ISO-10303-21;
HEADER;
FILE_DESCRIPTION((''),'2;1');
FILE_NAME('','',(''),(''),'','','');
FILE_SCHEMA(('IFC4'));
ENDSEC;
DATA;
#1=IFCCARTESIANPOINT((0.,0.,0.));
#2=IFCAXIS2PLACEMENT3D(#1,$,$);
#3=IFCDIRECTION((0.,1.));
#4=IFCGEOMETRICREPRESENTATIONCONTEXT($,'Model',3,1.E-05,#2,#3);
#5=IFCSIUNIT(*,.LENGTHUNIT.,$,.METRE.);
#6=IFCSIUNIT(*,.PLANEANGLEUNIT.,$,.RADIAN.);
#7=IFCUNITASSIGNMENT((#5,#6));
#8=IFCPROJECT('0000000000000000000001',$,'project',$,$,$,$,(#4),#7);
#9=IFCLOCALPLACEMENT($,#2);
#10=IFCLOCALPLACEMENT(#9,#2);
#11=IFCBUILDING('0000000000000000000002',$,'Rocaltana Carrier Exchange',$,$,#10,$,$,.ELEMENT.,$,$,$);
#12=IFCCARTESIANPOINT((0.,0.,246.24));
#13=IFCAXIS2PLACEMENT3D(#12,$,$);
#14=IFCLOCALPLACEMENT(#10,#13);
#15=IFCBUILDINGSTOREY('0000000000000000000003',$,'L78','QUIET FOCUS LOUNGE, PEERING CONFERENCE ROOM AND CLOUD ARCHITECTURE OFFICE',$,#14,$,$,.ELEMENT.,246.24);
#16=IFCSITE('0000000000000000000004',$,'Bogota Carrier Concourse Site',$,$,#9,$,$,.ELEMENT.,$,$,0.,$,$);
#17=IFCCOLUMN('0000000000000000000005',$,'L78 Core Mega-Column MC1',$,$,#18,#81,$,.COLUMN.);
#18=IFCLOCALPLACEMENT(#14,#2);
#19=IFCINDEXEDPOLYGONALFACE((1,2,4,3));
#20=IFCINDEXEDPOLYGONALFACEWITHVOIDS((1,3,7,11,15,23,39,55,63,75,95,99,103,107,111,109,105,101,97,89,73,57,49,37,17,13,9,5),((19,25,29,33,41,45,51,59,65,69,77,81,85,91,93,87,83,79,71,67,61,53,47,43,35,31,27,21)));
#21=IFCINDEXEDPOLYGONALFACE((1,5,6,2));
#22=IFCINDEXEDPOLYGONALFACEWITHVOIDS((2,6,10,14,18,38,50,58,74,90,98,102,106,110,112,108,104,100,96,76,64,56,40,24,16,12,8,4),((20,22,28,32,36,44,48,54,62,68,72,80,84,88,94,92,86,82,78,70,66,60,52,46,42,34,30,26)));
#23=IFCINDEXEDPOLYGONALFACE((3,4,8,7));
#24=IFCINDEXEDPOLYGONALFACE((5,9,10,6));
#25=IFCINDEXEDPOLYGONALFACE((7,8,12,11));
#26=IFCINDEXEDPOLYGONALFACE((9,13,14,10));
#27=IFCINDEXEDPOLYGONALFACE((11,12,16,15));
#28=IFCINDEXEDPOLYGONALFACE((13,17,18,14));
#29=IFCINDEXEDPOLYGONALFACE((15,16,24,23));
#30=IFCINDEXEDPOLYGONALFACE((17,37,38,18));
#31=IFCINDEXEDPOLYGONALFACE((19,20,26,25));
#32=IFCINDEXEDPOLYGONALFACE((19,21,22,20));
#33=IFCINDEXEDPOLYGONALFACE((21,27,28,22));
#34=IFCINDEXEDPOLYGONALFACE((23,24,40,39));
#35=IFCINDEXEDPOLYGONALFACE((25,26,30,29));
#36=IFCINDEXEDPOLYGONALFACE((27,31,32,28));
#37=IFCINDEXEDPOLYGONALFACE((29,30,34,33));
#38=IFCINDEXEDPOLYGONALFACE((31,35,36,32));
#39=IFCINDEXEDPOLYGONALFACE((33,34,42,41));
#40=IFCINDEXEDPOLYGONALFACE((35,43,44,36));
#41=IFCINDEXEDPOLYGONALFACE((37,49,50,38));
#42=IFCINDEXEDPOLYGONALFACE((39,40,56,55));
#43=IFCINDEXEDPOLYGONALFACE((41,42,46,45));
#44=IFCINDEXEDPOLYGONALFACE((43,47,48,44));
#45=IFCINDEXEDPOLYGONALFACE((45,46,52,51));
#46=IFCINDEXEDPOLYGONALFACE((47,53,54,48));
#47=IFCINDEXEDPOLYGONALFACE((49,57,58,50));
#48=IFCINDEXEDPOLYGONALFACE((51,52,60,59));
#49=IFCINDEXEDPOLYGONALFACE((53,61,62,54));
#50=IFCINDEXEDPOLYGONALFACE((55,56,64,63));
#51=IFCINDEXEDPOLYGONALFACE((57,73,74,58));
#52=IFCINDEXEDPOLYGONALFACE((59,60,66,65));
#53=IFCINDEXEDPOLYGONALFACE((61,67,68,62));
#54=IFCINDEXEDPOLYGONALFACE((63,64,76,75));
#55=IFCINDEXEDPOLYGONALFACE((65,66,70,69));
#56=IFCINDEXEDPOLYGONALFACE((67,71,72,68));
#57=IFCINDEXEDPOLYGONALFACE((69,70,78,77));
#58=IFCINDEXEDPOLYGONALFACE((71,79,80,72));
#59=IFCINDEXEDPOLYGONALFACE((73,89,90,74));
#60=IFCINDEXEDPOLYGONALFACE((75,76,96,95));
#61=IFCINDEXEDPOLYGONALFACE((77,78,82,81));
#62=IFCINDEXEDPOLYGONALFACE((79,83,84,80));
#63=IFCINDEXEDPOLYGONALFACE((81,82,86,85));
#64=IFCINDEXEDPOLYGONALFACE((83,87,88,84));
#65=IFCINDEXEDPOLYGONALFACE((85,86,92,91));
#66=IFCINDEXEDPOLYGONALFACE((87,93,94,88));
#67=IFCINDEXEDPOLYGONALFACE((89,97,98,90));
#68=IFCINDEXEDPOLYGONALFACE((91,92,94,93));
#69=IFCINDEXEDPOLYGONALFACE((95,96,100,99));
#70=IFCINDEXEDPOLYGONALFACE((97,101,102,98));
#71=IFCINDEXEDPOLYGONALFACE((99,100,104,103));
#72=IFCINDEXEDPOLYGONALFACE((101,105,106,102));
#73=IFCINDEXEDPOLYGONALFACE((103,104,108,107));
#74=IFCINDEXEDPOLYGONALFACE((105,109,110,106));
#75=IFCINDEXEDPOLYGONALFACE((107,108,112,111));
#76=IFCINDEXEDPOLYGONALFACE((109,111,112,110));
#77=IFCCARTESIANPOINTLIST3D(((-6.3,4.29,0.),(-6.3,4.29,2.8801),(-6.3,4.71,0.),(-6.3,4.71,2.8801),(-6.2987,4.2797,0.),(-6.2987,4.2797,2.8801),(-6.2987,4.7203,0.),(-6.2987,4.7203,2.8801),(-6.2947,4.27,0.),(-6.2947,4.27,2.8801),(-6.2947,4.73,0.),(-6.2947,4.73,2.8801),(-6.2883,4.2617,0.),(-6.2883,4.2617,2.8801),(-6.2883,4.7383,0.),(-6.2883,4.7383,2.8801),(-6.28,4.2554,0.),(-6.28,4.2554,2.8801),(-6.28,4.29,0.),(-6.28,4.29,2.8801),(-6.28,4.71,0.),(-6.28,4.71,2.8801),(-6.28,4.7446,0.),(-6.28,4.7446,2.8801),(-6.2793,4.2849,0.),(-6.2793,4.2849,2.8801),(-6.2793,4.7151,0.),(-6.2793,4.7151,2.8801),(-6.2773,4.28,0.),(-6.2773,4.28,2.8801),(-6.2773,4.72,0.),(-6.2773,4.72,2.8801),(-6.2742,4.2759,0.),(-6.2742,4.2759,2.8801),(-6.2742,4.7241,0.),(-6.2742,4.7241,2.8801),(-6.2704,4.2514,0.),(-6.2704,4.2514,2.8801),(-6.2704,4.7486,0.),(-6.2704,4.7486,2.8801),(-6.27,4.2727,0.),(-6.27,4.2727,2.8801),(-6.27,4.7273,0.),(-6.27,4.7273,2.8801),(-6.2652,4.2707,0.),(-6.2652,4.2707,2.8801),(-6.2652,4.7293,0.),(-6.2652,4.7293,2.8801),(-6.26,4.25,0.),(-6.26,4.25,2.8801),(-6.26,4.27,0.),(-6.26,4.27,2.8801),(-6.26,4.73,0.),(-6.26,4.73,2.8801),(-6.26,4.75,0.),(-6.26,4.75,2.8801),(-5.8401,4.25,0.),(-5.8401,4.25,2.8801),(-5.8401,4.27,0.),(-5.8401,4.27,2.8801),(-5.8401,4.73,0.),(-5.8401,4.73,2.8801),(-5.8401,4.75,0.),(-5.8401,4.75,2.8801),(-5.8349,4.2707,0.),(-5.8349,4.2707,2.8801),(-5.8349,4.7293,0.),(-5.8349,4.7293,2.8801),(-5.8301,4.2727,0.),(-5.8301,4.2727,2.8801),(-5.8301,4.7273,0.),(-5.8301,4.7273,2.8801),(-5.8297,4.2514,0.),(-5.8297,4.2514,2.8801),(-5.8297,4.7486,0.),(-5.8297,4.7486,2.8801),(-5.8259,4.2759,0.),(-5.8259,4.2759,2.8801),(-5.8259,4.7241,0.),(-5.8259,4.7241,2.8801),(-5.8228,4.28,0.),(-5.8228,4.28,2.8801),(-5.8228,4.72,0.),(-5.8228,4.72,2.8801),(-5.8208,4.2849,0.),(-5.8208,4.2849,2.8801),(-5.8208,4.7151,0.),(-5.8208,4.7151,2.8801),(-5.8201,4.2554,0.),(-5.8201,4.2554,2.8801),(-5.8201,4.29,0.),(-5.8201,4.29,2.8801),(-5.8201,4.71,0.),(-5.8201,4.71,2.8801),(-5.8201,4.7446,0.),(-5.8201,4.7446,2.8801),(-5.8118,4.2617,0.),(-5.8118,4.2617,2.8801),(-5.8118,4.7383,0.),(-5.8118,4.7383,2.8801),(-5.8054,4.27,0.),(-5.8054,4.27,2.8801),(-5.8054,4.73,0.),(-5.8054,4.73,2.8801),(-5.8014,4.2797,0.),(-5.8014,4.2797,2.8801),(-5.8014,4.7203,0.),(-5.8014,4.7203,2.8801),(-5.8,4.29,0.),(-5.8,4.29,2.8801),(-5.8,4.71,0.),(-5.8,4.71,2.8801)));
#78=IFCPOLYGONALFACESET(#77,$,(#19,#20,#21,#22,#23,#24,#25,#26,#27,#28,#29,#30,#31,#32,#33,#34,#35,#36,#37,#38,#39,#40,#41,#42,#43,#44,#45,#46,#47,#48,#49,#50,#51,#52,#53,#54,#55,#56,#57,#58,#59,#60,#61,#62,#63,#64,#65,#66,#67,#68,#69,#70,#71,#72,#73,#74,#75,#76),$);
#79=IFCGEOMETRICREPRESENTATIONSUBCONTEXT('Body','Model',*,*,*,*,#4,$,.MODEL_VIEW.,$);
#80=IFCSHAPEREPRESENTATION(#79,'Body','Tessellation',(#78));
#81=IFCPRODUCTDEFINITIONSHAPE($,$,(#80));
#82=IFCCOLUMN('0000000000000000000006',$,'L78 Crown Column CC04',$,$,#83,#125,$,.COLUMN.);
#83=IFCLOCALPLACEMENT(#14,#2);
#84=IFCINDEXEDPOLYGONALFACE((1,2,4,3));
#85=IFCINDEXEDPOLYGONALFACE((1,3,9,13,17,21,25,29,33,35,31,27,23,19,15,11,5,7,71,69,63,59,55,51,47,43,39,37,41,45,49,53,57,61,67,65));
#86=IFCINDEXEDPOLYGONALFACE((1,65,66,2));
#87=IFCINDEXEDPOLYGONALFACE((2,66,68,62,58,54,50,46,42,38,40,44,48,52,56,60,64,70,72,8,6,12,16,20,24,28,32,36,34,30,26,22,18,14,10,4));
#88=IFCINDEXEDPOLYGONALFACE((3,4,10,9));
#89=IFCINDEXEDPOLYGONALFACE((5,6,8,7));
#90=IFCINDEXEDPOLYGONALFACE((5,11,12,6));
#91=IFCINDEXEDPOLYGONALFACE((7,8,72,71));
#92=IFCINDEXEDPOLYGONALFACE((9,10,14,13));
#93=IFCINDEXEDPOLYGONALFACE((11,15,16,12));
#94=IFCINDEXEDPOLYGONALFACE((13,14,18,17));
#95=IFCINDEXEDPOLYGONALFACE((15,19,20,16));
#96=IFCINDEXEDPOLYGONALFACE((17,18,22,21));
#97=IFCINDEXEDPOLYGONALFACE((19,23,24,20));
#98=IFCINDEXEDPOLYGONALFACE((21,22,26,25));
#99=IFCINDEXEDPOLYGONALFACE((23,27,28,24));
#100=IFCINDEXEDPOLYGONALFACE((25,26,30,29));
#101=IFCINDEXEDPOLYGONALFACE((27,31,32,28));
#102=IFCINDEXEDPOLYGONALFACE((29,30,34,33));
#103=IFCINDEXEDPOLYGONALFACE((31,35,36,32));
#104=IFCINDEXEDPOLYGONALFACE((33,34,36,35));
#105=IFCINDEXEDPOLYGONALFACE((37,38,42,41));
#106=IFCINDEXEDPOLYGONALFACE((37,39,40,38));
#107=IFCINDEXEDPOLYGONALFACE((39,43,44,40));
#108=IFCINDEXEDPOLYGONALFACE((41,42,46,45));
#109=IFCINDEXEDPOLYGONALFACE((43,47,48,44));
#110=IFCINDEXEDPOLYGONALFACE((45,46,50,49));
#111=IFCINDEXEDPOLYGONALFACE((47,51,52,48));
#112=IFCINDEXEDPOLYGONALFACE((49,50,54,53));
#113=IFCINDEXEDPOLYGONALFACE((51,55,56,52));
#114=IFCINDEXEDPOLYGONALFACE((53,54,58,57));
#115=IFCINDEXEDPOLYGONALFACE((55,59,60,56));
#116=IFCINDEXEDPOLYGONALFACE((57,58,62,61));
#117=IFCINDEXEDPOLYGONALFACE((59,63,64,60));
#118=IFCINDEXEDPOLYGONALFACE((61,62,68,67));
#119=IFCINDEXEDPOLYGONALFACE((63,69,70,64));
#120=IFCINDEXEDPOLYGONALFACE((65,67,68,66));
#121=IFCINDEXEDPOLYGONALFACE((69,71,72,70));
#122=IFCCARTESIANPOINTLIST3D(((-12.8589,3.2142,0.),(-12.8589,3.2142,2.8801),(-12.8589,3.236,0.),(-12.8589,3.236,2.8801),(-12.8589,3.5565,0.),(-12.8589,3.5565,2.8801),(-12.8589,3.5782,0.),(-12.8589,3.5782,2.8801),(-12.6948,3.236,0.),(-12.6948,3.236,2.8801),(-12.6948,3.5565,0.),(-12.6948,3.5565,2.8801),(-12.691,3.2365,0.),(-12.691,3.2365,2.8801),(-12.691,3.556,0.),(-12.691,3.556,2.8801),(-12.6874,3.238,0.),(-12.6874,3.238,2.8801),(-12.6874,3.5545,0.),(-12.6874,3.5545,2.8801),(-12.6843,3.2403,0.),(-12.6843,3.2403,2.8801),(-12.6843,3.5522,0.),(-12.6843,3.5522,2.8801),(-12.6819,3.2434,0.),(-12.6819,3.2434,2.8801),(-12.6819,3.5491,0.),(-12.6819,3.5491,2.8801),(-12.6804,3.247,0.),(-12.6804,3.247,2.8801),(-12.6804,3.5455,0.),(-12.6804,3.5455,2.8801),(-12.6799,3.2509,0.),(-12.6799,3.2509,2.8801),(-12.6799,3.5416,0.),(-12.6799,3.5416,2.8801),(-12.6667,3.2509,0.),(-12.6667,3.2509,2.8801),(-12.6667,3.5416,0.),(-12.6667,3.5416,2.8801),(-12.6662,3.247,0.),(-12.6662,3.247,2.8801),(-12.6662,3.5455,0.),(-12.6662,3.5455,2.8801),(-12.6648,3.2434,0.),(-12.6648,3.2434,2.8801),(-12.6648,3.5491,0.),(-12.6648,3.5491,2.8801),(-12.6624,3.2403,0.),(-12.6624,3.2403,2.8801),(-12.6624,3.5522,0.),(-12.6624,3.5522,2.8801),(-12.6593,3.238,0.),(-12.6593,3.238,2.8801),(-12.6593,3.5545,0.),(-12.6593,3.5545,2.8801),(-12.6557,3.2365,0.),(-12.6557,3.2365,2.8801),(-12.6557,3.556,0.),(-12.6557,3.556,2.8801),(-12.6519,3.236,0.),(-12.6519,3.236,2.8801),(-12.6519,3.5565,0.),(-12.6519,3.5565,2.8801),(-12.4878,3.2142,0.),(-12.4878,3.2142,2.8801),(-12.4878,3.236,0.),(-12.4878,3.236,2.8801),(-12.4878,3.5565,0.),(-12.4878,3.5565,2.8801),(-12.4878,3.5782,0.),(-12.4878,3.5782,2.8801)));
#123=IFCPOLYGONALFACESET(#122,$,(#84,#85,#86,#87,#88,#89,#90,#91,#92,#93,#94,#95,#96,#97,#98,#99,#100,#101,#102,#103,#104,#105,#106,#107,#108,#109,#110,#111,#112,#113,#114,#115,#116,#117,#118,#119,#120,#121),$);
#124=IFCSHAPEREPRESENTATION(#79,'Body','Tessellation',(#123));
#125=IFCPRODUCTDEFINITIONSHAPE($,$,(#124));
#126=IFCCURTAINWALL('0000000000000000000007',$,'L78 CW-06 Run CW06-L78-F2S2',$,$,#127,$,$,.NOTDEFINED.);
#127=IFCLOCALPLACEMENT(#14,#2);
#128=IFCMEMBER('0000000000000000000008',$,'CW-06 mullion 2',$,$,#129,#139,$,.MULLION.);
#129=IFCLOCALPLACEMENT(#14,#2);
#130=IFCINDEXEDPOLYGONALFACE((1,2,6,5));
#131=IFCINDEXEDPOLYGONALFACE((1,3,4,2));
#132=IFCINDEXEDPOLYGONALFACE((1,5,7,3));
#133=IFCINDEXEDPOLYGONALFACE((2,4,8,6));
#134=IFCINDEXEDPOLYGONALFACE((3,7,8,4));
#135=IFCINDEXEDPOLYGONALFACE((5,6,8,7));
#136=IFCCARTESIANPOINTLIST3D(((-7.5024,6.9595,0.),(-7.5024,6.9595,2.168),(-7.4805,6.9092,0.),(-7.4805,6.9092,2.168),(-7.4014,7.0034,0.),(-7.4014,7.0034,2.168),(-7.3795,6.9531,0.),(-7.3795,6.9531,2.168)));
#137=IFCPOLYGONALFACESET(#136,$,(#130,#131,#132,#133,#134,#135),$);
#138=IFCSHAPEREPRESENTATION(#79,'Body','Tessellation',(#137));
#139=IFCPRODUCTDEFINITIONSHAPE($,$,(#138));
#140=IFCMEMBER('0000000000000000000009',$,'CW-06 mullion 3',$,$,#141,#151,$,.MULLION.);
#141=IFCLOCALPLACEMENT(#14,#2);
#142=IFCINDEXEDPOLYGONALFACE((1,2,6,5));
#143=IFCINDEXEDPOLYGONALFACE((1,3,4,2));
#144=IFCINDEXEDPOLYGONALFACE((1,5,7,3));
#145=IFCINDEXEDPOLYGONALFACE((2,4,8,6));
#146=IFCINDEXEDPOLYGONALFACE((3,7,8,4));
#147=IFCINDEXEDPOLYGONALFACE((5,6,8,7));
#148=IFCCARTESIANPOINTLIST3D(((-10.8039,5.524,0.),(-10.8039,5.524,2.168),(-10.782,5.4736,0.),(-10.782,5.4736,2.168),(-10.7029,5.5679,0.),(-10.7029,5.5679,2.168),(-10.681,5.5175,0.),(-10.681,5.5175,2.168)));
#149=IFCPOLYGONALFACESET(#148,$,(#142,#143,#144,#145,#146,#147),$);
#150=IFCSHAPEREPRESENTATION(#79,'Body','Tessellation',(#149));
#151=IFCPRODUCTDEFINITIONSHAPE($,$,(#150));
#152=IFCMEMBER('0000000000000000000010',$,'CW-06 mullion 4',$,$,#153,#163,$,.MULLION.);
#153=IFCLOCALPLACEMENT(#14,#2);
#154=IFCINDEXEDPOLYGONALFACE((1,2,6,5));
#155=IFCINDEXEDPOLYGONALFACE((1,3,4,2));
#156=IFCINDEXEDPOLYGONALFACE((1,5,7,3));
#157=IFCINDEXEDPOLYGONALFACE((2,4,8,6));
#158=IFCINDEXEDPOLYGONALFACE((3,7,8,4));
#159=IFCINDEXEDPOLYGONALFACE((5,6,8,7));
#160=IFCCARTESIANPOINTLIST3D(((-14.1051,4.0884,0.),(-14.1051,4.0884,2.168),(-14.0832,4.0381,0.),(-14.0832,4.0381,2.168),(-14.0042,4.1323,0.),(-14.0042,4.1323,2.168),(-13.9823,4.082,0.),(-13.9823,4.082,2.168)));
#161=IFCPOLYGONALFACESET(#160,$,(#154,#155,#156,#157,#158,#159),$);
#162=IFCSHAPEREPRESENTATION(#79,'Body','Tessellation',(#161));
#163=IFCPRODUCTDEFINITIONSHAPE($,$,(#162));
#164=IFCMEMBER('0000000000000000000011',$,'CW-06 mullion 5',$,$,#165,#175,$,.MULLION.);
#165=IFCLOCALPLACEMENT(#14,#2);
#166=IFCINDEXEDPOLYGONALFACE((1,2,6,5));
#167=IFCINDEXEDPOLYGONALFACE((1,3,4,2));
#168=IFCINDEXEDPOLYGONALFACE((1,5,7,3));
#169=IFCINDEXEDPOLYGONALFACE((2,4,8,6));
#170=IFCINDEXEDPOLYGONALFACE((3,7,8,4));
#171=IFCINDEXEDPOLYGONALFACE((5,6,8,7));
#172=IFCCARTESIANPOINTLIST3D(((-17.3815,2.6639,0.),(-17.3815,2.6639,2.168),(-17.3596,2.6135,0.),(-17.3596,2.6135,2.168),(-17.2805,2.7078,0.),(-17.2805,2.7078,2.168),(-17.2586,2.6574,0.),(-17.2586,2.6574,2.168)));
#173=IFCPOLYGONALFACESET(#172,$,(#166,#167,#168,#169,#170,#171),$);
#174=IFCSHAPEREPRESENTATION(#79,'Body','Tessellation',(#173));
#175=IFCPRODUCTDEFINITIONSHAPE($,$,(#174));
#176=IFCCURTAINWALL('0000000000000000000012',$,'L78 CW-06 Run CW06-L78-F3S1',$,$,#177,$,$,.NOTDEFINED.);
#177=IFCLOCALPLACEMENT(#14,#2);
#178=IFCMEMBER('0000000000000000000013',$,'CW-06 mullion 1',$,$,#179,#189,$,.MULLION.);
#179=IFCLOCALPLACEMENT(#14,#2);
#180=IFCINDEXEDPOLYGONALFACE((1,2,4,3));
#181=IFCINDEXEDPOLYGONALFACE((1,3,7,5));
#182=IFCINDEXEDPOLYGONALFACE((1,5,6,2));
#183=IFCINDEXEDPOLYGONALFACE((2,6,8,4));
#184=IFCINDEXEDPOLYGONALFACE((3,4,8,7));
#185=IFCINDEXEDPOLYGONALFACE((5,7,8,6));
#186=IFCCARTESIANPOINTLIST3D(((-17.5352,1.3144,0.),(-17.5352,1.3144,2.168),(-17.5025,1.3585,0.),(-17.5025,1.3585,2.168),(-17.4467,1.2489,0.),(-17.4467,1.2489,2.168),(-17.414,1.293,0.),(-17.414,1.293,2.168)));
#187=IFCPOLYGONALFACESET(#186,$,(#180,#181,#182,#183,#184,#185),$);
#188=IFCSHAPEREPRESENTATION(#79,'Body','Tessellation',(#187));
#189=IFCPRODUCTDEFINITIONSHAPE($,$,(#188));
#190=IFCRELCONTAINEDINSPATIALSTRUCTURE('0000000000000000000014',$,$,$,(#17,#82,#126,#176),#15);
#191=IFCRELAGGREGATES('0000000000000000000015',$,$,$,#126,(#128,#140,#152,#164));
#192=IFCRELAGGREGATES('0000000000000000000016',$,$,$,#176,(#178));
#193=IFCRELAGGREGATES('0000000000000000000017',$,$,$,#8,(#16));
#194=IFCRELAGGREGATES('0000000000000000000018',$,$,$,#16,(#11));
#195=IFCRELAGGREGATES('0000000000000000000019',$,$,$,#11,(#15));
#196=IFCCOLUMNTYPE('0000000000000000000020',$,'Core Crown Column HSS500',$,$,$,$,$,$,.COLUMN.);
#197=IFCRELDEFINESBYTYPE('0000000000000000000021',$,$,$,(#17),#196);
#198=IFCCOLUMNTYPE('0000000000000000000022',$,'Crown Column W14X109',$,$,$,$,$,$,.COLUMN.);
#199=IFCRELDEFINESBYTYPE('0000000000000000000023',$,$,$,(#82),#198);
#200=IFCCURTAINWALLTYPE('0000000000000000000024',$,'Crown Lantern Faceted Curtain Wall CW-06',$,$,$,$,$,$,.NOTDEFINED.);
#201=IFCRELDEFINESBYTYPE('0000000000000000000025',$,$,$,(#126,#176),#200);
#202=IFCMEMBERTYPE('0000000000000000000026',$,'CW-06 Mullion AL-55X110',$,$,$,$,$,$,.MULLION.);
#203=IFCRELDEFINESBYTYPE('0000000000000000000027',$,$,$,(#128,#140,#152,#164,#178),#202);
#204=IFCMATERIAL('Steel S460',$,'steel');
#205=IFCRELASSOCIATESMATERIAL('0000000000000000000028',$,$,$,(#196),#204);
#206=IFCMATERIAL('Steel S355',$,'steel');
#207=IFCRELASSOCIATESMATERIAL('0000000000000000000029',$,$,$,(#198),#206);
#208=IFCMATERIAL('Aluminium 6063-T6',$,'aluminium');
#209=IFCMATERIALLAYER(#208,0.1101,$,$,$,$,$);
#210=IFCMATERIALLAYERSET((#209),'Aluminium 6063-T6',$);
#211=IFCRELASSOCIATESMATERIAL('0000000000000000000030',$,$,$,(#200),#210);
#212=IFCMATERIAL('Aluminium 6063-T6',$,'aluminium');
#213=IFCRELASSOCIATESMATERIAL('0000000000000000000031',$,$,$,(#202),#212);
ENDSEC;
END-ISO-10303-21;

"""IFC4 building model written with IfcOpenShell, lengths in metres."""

from ifc_helpers import new_model, si_unit, direction, frame, origin, origin_2d, place, context, subcontext, project, spatial, rectangle, hollow_rectangle, i_section, extrude, material, layer, layer_set, material_profile, profile_set, type_object, element, aggregate, save


model = new_model("IFC4")

# Units and contexts
model_context = context("Model", 3, precision=1e-05, world=origin(), true_north=direction((0.0, 1.0)))
body_context = subcontext(model_context, "Body", "Model", "MODEL_VIEW")
ifc_project = project(units=[si_unit("LENGTHUNIT", "METRE"), si_unit("PLANEANGLEUNIT", "RADIAN")], contexts=[model_context])

# Site, building, storey
site_placement = place(None, origin())
site = spatial("IfcSite", under=ifc_project, at=site_placement, Name="Bogota Carrier Concourse Site", CompositionType="ELEMENT", RefElevation=0.0)
building_placement = place(site_placement, origin())
building = spatial("IfcBuilding", under=site, at=building_placement, Name="Rocaltana Carrier Exchange", CompositionType="ELEMENT")
storey_placement = place(building_placement, frame((0.0, 0.0, 246.24)))
storey = spatial("IfcBuildingStorey", under=building, at=storey_placement, Name="L78", Description="QUIET FOCUS LOUNGE, PEERING CONFERENCE ROOM AND CLOUD ARCHITECTURE OFFICE", CompositionType="ELEMENT", Elevation=246.24)

# Columns
ifc_material_1 = material(Name="Steel S460", Category="steel")
ifc_material_profile_1 = material_profile(ifc_material_1, hollow_rectangle(XDim=0.5, YDim=0.5, WallThickness=0.02, InnerFilletRadius=0.02, OuterFilletRadius=0.04, at=origin_2d()), Name="HSS500X500X20")
ifc_profile_set_1 = profile_set([ifc_material_profile_1], Name="Steel S460")
column_type_1 = type_object("IfcColumnType", Name="Core Crown Column HSS500", PredefinedType="COLUMN", material=ifc_profile_set_1)
column_1_placement = place(storey_placement, frame((-6.05, 4.5, 0.0), z_axis=(0.0, 0.0, 1.0), x_axis=(1.0, 0.0, 0.0)))
element("IfcColumn", 1, at=column_1_placement, inside=storey, type_object=column_type_1, Name="L78 Core Mega-Column MC1", PredefinedType="COLUMN", context=body_context, shape_type="SweptSolid", body=[
    extrude(hollow_rectangle(XDim=0.5, YDim=0.5, WallThickness=0.02, InnerFilletRadius=0.02, OuterFilletRadius=0.04, at=origin_2d()), origin(), (0.0, 0.0, 1.0), 2.8801),
])
ifc_material_2 = material(Name="Steel S355", Category="steel")
ifc_material_profile_2 = material_profile(ifc_material_2, i_section(OverallWidth=0.3711, OverallDepth=0.364, WebThickness=0.0132, FlangeThickness=0.0217, FilletRadius=0.0149, at=origin_2d()), Name="W14X109")
ifc_profile_set_2 = profile_set([ifc_material_profile_2], Name="Steel S355")
column_type_2 = type_object("IfcColumnType", Name="Crown Column W14X109", PredefinedType="COLUMN", material=ifc_profile_set_2)
column_2_placement = place(storey_placement, frame((-12.6733, 3.3962, 0.0), z_axis=(0.0, 0.0, 1.0), x_axis=(1.0, 0.0, 0.0)))
element("IfcColumn", 2, at=column_2_placement, inside=storey, type_object=column_type_2, Name="L78 Crown Column CC04", PredefinedType="COLUMN", context=body_context, shape_type="SweptSolid", body=[
    extrude(i_section(OverallWidth=0.3711, OverallDepth=0.364, WebThickness=0.0132, FlangeThickness=0.0217, FilletRadius=0.0149, at=origin_2d()), origin(), (0.0, 0.0, 1.0), 2.8801),
])

# Curtain wall, members
ifc_material_3 = material(Name="Aluminium 6063-T6", Category="aluminium")
ifc_layer_1 = layer(ifc_material_3, 0.1101)
ifc_layer_set_1 = layer_set([ifc_layer_1], Name="Aluminium 6063-T6")
curtain_wall_type = type_object("IfcCurtainWallType", Name="Crown Lantern Faceted Curtain Wall CW-06", PredefinedType="NOTDEFINED", material=ifc_layer_set_1)
curtain_wall_1_placement = place(storey_placement, origin())
curtain_wall_1 = element("IfcCurtainWall", 3, at=curtain_wall_1_placement, inside=storey, type_object=curtain_wall_type, Name="L78 CW-06 Run CW06-L78-F2S2", PredefinedType="NOTDEFINED")
ifc_material_4 = material(Name="Aluminium 6063-T6", Category="aluminium")
ifc_material_profile_3 = material_profile(ifc_material_4, rectangle(XDim=0.0549, YDim=0.1101, at=origin_2d()), Name="AL-55X110")
ifc_profile_set_3 = profile_set([ifc_material_profile_3], Name="Aluminium 6063-T6")
member_type_1 = type_object("IfcMemberType", Name="CW-06 Mullion AL-55X110", PredefinedType="MULLION", material=ifc_profile_set_3)
member_1_placement = place(storey_placement, frame((-7.4409, 6.9563, 0.0), z_axis=(0.0, 0.0, 1.0), x_axis=(0.398749, -0.91706, 0.0)))
member_1 = element("IfcMember", 4, at=member_1_placement, type_object=member_type_1, Name="CW-06 mullion 2", PredefinedType="MULLION", context=body_context, shape_type="SweptSolid", body=[
    extrude(rectangle(XDim=0.0549, YDim=0.1101, at=origin_2d()), origin(), (0.0, 0.0, 1.0), 2.168),
])
member_2_placement = place(storey_placement, frame((-10.7424, 5.5208, 0.0), z_axis=(0.0, 0.0, 1.0), x_axis=(0.398749, -0.91706, 0.0)))
member_2 = element("IfcMember", 5, at=member_2_placement, type_object=member_type_1, Name="CW-06 mullion 3", PredefinedType="MULLION", context=body_context, shape_type="SweptSolid", body=[
    extrude(rectangle(XDim=0.0549, YDim=0.1101, at=origin_2d()), origin(), (0.0, 0.0, 1.0), 2.168),
])
member_3_placement = place(storey_placement, frame((-14.0437, 4.0852, 0.0), z_axis=(0.0, 0.0, 1.0), x_axis=(0.398749, -0.91706, 0.0)))
member_3 = element("IfcMember", 6, at=member_3_placement, type_object=member_type_1, Name="CW-06 mullion 4", PredefinedType="MULLION", context=body_context, shape_type="SweptSolid", body=[
    extrude(rectangle(XDim=0.0549, YDim=0.1101, at=origin_2d()), origin(), (0.0, 0.0, 1.0), 2.168),
])
member_4_placement = place(storey_placement, frame((-17.3201, 2.6606, 0.0), z_axis=(0.0, 0.0, 1.0), x_axis=(0.398749, -0.91706, 0.0)))
member_4 = element("IfcMember", 7, at=member_4_placement, type_object=member_type_1, Name="CW-06 mullion 5", PredefinedType="MULLION", context=body_context, shape_type="SweptSolid", body=[
    extrude(rectangle(XDim=0.0549, YDim=0.1101, at=origin_2d()), origin(), (0.0, 0.0, 1.0), 2.168),
])

# Curtain wall, member
curtain_wall_2_placement = place(storey_placement, origin())
curtain_wall_2 = element("IfcCurtainWall", 8, at=curtain_wall_2_placement, inside=storey, type_object=curtain_wall_type, Name="L78 CW-06 Run CW06-L78-F3S1", PredefinedType="NOTDEFINED")
member_5_placement = place(storey_placement, frame((-17.4746, 1.3037, 0.0), z_axis=(0.0, 0.0, 1.0), x_axis=(0.594819, 0.80386, 0.0)))
member_5 = element("IfcMember", 9, at=member_5_placement, type_object=member_type_1, Name="CW-06 mullion 1", PredefinedType="MULLION", context=body_context, shape_type="SweptSolid", body=[
    extrude(rectangle(XDim=0.0549, YDim=0.1101, at=origin_2d()), origin(), (0.0, 0.0, 1.0), 2.168),
])

aggregate(curtain_wall_1, [member_1, member_2, member_3, member_4])
aggregate(curtain_wall_2, [member_5])

save(model, "model.ifc")
